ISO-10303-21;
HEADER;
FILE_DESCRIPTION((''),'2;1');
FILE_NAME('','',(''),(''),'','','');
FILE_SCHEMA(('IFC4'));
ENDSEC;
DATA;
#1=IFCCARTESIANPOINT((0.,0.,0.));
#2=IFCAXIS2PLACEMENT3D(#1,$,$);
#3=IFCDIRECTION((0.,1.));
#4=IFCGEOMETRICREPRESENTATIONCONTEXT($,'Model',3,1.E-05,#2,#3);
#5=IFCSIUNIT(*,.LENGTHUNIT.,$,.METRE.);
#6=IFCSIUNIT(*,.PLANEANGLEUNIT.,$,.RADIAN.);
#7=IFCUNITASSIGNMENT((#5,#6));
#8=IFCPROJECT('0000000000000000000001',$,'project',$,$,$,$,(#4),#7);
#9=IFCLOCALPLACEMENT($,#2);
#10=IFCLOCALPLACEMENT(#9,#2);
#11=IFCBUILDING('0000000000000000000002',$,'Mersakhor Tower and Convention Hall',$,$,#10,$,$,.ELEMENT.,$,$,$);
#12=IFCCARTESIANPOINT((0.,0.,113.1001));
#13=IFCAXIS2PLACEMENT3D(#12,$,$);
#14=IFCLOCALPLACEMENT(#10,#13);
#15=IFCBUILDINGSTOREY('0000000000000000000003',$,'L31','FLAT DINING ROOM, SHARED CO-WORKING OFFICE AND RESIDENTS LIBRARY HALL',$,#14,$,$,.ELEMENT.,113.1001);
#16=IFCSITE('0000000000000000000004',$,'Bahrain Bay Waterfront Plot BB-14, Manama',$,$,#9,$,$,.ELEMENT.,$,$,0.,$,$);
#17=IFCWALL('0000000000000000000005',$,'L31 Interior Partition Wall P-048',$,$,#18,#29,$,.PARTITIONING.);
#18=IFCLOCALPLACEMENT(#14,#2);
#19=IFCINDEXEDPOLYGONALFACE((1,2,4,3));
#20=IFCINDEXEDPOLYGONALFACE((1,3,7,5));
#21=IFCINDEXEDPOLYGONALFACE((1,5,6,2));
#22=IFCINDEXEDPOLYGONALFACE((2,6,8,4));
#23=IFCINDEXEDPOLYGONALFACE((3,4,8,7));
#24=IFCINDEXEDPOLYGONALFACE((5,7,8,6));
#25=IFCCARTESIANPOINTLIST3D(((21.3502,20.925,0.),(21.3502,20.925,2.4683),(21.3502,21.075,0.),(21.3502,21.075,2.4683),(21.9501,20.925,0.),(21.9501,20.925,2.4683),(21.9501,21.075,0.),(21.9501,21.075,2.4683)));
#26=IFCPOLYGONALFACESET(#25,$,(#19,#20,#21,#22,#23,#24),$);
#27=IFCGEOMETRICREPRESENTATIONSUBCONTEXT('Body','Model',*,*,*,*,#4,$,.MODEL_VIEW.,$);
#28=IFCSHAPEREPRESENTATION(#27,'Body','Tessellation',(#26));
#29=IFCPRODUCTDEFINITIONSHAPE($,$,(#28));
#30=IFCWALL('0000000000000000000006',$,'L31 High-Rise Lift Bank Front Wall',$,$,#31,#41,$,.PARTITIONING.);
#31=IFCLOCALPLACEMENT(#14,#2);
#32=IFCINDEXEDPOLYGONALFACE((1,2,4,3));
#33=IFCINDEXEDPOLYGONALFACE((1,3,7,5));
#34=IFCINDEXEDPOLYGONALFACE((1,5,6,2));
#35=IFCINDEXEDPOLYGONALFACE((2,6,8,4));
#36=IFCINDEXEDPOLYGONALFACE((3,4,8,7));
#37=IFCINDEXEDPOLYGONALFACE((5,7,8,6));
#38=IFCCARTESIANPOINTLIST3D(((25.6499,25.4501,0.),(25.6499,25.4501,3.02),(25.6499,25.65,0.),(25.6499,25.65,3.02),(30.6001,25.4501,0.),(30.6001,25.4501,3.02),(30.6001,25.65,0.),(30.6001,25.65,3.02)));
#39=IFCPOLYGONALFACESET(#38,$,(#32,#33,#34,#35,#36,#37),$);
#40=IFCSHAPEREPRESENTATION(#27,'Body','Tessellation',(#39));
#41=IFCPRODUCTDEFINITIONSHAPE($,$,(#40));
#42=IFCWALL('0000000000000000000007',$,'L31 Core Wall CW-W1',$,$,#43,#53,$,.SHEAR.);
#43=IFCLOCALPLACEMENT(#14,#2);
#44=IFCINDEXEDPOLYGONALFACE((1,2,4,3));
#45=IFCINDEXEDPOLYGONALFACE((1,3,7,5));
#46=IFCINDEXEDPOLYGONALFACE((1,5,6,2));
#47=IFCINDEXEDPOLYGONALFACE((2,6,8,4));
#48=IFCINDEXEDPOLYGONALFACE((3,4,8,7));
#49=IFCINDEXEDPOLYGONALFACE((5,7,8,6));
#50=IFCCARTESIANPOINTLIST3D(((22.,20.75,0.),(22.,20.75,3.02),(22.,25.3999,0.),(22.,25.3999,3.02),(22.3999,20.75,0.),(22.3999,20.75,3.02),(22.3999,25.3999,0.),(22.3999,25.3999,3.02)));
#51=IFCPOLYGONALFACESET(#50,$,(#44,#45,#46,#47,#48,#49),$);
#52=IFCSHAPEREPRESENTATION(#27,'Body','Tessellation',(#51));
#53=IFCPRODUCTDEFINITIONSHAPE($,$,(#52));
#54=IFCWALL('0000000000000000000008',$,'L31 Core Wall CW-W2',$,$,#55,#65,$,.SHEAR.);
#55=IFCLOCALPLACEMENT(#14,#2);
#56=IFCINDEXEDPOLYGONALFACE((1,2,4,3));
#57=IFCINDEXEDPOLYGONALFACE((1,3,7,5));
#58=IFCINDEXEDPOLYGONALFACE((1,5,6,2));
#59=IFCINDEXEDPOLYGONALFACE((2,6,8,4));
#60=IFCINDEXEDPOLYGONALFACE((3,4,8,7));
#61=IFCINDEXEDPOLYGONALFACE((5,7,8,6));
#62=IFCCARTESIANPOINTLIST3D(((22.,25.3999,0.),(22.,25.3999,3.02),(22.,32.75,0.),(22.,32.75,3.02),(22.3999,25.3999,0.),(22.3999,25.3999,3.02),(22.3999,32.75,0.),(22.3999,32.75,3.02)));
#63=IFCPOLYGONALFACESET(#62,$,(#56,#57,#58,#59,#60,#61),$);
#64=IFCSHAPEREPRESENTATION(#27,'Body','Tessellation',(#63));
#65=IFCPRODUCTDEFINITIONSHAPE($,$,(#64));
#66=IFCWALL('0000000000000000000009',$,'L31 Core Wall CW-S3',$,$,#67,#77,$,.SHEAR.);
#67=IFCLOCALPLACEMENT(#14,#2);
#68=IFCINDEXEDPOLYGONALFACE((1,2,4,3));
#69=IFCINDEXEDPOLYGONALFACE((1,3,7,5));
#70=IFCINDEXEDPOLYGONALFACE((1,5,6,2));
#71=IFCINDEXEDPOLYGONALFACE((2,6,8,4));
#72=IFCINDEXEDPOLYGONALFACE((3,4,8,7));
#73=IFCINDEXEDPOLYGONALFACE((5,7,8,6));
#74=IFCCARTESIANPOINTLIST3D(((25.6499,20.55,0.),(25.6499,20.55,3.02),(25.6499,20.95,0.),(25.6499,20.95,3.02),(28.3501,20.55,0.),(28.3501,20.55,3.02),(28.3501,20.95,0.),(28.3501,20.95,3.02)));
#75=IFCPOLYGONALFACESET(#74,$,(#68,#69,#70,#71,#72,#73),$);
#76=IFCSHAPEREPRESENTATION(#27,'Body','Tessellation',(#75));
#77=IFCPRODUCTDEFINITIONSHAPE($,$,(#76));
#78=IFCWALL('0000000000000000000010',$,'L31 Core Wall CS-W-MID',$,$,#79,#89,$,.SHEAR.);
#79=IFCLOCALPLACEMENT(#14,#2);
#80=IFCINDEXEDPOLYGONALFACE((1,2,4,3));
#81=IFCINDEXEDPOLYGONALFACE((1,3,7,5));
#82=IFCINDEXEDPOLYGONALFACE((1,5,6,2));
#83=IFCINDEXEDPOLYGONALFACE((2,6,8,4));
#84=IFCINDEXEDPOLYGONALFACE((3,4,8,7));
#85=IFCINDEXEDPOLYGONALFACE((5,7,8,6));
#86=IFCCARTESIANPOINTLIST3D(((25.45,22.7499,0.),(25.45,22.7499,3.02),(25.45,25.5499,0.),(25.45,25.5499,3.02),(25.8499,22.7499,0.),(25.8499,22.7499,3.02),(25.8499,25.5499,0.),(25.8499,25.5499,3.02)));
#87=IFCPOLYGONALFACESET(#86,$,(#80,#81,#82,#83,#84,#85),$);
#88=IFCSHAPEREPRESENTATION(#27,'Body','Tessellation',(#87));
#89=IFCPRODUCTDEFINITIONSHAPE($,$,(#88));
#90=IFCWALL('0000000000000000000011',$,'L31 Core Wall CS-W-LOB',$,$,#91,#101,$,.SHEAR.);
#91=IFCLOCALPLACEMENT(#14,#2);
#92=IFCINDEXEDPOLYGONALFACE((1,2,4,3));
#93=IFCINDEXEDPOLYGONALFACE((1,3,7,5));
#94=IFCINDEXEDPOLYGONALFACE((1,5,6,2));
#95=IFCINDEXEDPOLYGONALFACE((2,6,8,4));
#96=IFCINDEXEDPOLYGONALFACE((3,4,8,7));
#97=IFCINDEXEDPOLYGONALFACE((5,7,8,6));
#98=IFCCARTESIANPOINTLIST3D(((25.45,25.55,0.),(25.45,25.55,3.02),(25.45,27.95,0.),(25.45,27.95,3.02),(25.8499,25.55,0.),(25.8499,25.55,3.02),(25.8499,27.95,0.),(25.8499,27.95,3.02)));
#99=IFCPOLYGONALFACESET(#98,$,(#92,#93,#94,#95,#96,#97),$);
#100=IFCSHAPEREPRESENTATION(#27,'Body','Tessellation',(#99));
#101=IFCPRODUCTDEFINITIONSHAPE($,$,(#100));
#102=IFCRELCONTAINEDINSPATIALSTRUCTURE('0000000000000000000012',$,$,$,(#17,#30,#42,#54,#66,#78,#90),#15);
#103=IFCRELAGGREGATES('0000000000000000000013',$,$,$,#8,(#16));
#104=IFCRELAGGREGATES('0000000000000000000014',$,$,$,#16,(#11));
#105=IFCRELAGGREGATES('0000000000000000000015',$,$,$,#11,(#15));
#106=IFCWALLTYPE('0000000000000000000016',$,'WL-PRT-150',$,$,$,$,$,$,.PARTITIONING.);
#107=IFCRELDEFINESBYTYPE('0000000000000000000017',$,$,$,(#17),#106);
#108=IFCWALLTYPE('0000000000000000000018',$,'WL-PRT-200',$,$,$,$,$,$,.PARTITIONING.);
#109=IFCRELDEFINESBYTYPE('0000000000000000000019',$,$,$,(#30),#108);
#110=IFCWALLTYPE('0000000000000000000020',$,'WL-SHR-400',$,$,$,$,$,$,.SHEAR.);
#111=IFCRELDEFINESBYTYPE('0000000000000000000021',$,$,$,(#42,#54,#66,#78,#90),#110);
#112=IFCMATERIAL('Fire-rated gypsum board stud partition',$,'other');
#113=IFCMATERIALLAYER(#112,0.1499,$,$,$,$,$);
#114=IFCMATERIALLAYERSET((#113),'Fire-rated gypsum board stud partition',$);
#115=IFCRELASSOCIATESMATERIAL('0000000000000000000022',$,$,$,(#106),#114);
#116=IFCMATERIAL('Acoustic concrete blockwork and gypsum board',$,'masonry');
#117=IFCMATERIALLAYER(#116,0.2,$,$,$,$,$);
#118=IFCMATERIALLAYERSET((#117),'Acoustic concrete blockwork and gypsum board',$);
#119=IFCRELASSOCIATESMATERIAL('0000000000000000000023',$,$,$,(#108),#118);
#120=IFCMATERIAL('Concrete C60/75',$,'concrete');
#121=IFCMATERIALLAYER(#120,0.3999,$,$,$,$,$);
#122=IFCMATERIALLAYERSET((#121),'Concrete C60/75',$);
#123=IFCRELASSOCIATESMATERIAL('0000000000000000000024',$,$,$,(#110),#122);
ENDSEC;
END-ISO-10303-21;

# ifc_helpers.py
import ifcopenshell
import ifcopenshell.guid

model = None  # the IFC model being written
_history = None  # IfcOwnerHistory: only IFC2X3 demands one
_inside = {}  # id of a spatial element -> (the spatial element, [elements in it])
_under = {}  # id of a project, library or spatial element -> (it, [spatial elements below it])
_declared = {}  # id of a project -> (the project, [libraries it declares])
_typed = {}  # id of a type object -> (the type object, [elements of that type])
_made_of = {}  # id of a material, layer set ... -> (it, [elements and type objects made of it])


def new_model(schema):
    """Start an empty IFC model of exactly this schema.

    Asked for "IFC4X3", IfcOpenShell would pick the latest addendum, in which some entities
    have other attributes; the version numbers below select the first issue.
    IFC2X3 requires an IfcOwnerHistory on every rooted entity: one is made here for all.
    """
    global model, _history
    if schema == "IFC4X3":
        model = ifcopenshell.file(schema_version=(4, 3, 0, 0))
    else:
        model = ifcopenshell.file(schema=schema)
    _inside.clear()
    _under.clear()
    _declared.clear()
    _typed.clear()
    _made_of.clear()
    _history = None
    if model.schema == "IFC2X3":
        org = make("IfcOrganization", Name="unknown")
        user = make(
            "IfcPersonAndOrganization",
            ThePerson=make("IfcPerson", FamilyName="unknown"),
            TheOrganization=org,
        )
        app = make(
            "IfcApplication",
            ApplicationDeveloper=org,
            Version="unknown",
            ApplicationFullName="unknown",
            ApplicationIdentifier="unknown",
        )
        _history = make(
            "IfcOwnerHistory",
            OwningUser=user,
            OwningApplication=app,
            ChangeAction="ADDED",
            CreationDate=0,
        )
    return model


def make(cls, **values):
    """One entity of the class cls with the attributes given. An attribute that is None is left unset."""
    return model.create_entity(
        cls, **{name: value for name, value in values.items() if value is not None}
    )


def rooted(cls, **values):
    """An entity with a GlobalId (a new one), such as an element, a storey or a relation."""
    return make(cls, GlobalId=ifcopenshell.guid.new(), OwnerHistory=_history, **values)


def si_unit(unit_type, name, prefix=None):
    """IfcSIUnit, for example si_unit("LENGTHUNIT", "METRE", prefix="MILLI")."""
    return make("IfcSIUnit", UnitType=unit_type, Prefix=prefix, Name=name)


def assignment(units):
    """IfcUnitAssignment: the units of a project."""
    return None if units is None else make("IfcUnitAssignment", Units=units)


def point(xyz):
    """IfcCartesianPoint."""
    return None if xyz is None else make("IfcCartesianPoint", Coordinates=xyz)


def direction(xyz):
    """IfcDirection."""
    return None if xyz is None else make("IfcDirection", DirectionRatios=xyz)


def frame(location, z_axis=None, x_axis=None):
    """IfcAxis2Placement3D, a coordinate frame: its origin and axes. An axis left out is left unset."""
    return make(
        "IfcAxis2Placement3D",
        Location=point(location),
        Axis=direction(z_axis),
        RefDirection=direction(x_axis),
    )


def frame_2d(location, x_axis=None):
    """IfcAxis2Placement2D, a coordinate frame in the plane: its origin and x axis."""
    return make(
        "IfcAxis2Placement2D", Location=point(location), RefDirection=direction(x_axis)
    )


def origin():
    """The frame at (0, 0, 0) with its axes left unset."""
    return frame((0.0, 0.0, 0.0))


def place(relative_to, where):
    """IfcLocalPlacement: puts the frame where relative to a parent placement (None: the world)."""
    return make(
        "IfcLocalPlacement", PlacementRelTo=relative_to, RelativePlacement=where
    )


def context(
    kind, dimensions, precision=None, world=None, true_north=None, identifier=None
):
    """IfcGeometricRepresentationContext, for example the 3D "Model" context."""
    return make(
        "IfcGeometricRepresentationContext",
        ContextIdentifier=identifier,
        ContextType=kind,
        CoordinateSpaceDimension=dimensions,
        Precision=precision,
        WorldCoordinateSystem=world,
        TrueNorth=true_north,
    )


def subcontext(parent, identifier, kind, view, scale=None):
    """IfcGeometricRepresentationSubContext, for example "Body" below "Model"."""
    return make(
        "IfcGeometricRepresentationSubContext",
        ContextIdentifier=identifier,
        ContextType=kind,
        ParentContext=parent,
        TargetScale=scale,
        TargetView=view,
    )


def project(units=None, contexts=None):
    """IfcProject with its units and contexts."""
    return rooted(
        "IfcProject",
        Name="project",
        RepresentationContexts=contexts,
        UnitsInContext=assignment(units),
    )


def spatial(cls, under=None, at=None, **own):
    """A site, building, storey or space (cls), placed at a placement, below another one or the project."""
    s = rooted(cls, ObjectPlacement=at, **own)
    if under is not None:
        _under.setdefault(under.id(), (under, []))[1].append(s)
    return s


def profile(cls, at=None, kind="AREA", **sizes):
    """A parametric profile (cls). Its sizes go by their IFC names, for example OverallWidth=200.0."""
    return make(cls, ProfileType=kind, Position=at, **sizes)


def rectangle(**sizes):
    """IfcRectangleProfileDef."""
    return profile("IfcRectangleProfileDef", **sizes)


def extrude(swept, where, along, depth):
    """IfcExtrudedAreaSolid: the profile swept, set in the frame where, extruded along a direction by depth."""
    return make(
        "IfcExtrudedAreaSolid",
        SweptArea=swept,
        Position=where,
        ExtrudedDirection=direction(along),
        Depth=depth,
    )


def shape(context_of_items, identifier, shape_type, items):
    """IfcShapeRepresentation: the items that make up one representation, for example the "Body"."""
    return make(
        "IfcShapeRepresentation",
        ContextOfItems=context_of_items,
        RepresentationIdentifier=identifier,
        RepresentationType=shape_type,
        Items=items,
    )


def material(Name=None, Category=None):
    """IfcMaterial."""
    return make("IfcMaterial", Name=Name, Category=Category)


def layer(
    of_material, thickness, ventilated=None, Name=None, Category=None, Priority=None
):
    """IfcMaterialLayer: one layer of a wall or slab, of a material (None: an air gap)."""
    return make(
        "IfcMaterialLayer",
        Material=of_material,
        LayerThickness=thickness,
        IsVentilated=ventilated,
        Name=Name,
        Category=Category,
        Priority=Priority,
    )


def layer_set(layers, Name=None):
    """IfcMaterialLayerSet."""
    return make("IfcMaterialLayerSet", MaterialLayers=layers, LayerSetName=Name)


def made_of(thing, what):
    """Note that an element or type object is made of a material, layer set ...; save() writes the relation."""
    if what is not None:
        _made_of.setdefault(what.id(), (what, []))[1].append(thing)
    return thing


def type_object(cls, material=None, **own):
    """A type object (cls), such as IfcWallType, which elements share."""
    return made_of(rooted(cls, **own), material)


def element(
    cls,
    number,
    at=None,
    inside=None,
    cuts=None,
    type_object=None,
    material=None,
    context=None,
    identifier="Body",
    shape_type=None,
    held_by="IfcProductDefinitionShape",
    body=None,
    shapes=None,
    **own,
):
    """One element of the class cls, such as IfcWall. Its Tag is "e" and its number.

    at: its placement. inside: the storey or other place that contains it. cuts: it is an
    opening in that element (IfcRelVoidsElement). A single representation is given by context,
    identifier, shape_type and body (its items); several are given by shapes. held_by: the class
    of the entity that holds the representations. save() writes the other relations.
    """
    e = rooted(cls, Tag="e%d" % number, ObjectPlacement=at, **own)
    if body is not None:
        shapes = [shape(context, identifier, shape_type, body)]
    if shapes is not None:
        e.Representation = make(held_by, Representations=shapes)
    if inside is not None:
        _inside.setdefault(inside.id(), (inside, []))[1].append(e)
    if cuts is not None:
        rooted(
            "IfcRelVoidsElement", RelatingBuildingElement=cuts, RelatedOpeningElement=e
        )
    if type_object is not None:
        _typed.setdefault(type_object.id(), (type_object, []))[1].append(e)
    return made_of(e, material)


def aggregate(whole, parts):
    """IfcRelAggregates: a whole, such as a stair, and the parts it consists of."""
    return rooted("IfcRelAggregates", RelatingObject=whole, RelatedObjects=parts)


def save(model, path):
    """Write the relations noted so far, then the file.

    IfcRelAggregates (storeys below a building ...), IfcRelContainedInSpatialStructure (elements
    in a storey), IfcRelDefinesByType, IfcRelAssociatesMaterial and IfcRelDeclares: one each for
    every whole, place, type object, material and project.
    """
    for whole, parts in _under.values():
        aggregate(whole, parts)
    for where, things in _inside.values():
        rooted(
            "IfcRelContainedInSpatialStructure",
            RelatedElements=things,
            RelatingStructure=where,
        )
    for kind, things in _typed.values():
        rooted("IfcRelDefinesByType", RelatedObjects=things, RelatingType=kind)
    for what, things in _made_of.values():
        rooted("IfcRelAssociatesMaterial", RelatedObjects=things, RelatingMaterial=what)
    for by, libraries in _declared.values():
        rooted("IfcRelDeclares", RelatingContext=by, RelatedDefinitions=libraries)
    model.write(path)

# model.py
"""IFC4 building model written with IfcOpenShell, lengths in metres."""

from ifc_helpers import new_model, si_unit, direction, frame, frame_2d, origin, place, context, subcontext, project, spatial, rectangle, extrude, material, layer, layer_set, type_object, element, save


model = new_model("IFC4")

# Units and contexts
model_context = context("Model", 3, precision=1e-05, world=origin(), true_north=direction((0.0, 1.0)))
body_context = subcontext(model_context, "Body", "Model", "MODEL_VIEW")
ifc_project = project(units=[si_unit("LENGTHUNIT", "METRE"), si_unit("PLANEANGLEUNIT", "RADIAN")], contexts=[model_context])

# Site, building, storey
site_placement = place(None, origin())
site = spatial("IfcSite", under=ifc_project, at=site_placement, Name="Bahrain Bay Waterfront Plot BB-14, Manama", CompositionType="ELEMENT", RefElevation=0.0)
building_placement = place(site_placement, origin())
building = spatial("IfcBuilding", under=site, at=building_placement, Name="Mersakhor Tower and Convention Hall", CompositionType="ELEMENT")
storey_placement = place(building_placement, frame((0.0, 0.0, 113.1001)))
storey = spatial("IfcBuildingStorey", under=building, at=storey_placement, Name="L31", Description="FLAT DINING ROOM, SHARED CO-WORKING OFFICE AND RESIDENTS LIBRARY HALL", CompositionType="ELEMENT", Elevation=113.1001)

# Walls
ifc_material_1 = material(Name="Fire-rated gypsum board stud partition", Category="other")
ifc_layer_1 = layer(ifc_material_1, 0.1499)
ifc_layer_set_1 = layer_set([ifc_layer_1], Name="Fire-rated gypsum board stud partition")
wall_type_1 = type_object("IfcWallType", Name="WL-PRT-150", PredefinedType="PARTITIONING", material=ifc_layer_set_1)
wall_1_placement = place(storey_placement, frame((21.95, 21.0, 0.0), z_axis=(0.0, 0.0, 1.0), x_axis=(-1.0, 0.0, 0.0)))
element("IfcWall", 1, at=wall_1_placement, inside=storey, type_object=wall_type_1, Name="L31 Interior Partition Wall P-048", PredefinedType="PARTITIONING", context=body_context, shape_type="SweptSolid", body=[
    extrude(rectangle(XDim=0.5999, YDim=0.1499, at=frame_2d((0.2998, 0.0))), origin(), (0.0, 0.0, 1.0), 2.4683),
])
ifc_material_2 = material(Name="Acoustic concrete blockwork and gypsum board", Category="masonry")
ifc_layer_2 = layer(ifc_material_2, 0.2)
ifc_layer_set_2 = layer_set([ifc_layer_2], Name="Acoustic concrete blockwork and gypsum board")
wall_type_2 = type_object("IfcWallType", Name="WL-PRT-200", PredefinedType="PARTITIONING", material=ifc_layer_set_2)
wall_2_placement = place(storey_placement, frame((25.6499, 25.55, 0.0), z_axis=(0.0, 0.0, 1.0), x_axis=(1.0, 0.0, 0.0)))
element("IfcWall", 2, at=wall_2_placement, inside=storey, type_object=wall_type_2, Name="L31 High-Rise Lift Bank Front Wall", PredefinedType="PARTITIONING", context=body_context, shape_type="SweptSolid", body=[
    extrude(rectangle(XDim=4.9502, YDim=0.2, at=frame_2d((2.4751, 0.0))), origin(), (0.0, 0.0, 1.0), 3.02),
])

# Walls
ifc_material_3 = material(Name="Concrete C60/75", Category="concrete")
ifc_layer_3 = layer(ifc_material_3, 0.3999)
ifc_layer_set_3 = layer_set([ifc_layer_3], Name="Concrete C60/75")
wall_type_3 = type_object("IfcWallType", Name="WL-SHR-400", PredefinedType="SHEAR", material=ifc_layer_set_3)
wall_3_placement = place(storey_placement, frame((22.2, 20.75, 0.0), z_axis=(0.0, 0.0, 1.0), x_axis=(0.0, 1.0, 0.0)))
element("IfcWall", 3, at=wall_3_placement, inside=storey, type_object=wall_type_3, Name="L31 Core Wall CW-W1", PredefinedType="SHEAR", context=body_context, shape_type="SweptSolid", body=[
    extrude(rectangle(XDim=4.6499, YDim=0.3999, at=frame_2d((2.325, 0.0))), origin(), (0.0, 0.0, 1.0), 3.02),
])
wall_4_placement = place(storey_placement, frame((22.2, 25.3999, 0.0), z_axis=(0.0, 0.0, 1.0), x_axis=(0.0, 1.0, 0.0)))
element("IfcWall", 4, at=wall_4_placement, inside=storey, type_object=wall_type_3, Name="L31 Core Wall CW-W2", PredefinedType="SHEAR", context=body_context, shape_type="SweptSolid", body=[
    extrude(rectangle(XDim=7.3501, YDim=0.3999, at=frame_2d((3.675, 0.0))), origin(), (0.0, 0.0, 1.0), 3.02),
])
wall_5_placement = place(storey_placement, frame((28.3501, 20.75, 0.0), z_axis=(0.0, 0.0, 1.0), x_axis=(-1.0, 0.0, 0.0)))
element("IfcWall", 5, at=wall_5_placement, inside=storey, type_object=wall_type_3, Name="L31 Core Wall CW-S3", PredefinedType="SHEAR", context=body_context, shape_type="SweptSolid", body=[
    extrude(rectangle(XDim=2.7002, YDim=0.3999, at=frame_2d((1.3501, 0.0))), origin(), (0.0, 0.0, 1.0), 3.02),
])

# Walls
wall_6_placement = place(storey_placement, frame((25.6499, 22.75, 0.0), z_axis=(0.0, 0.0, 1.0), x_axis=(0.0, 1.0, 0.0)))
element("IfcWall", 6, at=wall_6_placement, inside=storey, type_object=wall_type_3, Name="L31 Core Wall CS-W-MID", PredefinedType="SHEAR", context=body_context, shape_type="SweptSolid", body=[
    extrude(rectangle(XDim=2.8, YDim=0.3999, at=frame_2d((1.3999, 0.0))), origin(), (0.0, 0.0, 1.0), 3.02),
])
wall_7_placement = place(storey_placement, frame((25.6499, 25.55, 0.0), z_axis=(0.0, 0.0, 1.0), x_axis=(0.0, 1.0, 0.0)))
element("IfcWall", 7, at=wall_7_placement, inside=storey, type_object=wall_type_3, Name="L31 Core Wall CS-W-LOB", PredefinedType="SHEAR", context=body_context, shape_type="SweptSolid", body=[
    extrude(rectangle(XDim=2.3999, YDim=0.3999, at=frame_2d((1.2, 0.0))), origin(), (0.0, 0.0, 1.0), 3.02),
])

save(model, "model.ifc")
